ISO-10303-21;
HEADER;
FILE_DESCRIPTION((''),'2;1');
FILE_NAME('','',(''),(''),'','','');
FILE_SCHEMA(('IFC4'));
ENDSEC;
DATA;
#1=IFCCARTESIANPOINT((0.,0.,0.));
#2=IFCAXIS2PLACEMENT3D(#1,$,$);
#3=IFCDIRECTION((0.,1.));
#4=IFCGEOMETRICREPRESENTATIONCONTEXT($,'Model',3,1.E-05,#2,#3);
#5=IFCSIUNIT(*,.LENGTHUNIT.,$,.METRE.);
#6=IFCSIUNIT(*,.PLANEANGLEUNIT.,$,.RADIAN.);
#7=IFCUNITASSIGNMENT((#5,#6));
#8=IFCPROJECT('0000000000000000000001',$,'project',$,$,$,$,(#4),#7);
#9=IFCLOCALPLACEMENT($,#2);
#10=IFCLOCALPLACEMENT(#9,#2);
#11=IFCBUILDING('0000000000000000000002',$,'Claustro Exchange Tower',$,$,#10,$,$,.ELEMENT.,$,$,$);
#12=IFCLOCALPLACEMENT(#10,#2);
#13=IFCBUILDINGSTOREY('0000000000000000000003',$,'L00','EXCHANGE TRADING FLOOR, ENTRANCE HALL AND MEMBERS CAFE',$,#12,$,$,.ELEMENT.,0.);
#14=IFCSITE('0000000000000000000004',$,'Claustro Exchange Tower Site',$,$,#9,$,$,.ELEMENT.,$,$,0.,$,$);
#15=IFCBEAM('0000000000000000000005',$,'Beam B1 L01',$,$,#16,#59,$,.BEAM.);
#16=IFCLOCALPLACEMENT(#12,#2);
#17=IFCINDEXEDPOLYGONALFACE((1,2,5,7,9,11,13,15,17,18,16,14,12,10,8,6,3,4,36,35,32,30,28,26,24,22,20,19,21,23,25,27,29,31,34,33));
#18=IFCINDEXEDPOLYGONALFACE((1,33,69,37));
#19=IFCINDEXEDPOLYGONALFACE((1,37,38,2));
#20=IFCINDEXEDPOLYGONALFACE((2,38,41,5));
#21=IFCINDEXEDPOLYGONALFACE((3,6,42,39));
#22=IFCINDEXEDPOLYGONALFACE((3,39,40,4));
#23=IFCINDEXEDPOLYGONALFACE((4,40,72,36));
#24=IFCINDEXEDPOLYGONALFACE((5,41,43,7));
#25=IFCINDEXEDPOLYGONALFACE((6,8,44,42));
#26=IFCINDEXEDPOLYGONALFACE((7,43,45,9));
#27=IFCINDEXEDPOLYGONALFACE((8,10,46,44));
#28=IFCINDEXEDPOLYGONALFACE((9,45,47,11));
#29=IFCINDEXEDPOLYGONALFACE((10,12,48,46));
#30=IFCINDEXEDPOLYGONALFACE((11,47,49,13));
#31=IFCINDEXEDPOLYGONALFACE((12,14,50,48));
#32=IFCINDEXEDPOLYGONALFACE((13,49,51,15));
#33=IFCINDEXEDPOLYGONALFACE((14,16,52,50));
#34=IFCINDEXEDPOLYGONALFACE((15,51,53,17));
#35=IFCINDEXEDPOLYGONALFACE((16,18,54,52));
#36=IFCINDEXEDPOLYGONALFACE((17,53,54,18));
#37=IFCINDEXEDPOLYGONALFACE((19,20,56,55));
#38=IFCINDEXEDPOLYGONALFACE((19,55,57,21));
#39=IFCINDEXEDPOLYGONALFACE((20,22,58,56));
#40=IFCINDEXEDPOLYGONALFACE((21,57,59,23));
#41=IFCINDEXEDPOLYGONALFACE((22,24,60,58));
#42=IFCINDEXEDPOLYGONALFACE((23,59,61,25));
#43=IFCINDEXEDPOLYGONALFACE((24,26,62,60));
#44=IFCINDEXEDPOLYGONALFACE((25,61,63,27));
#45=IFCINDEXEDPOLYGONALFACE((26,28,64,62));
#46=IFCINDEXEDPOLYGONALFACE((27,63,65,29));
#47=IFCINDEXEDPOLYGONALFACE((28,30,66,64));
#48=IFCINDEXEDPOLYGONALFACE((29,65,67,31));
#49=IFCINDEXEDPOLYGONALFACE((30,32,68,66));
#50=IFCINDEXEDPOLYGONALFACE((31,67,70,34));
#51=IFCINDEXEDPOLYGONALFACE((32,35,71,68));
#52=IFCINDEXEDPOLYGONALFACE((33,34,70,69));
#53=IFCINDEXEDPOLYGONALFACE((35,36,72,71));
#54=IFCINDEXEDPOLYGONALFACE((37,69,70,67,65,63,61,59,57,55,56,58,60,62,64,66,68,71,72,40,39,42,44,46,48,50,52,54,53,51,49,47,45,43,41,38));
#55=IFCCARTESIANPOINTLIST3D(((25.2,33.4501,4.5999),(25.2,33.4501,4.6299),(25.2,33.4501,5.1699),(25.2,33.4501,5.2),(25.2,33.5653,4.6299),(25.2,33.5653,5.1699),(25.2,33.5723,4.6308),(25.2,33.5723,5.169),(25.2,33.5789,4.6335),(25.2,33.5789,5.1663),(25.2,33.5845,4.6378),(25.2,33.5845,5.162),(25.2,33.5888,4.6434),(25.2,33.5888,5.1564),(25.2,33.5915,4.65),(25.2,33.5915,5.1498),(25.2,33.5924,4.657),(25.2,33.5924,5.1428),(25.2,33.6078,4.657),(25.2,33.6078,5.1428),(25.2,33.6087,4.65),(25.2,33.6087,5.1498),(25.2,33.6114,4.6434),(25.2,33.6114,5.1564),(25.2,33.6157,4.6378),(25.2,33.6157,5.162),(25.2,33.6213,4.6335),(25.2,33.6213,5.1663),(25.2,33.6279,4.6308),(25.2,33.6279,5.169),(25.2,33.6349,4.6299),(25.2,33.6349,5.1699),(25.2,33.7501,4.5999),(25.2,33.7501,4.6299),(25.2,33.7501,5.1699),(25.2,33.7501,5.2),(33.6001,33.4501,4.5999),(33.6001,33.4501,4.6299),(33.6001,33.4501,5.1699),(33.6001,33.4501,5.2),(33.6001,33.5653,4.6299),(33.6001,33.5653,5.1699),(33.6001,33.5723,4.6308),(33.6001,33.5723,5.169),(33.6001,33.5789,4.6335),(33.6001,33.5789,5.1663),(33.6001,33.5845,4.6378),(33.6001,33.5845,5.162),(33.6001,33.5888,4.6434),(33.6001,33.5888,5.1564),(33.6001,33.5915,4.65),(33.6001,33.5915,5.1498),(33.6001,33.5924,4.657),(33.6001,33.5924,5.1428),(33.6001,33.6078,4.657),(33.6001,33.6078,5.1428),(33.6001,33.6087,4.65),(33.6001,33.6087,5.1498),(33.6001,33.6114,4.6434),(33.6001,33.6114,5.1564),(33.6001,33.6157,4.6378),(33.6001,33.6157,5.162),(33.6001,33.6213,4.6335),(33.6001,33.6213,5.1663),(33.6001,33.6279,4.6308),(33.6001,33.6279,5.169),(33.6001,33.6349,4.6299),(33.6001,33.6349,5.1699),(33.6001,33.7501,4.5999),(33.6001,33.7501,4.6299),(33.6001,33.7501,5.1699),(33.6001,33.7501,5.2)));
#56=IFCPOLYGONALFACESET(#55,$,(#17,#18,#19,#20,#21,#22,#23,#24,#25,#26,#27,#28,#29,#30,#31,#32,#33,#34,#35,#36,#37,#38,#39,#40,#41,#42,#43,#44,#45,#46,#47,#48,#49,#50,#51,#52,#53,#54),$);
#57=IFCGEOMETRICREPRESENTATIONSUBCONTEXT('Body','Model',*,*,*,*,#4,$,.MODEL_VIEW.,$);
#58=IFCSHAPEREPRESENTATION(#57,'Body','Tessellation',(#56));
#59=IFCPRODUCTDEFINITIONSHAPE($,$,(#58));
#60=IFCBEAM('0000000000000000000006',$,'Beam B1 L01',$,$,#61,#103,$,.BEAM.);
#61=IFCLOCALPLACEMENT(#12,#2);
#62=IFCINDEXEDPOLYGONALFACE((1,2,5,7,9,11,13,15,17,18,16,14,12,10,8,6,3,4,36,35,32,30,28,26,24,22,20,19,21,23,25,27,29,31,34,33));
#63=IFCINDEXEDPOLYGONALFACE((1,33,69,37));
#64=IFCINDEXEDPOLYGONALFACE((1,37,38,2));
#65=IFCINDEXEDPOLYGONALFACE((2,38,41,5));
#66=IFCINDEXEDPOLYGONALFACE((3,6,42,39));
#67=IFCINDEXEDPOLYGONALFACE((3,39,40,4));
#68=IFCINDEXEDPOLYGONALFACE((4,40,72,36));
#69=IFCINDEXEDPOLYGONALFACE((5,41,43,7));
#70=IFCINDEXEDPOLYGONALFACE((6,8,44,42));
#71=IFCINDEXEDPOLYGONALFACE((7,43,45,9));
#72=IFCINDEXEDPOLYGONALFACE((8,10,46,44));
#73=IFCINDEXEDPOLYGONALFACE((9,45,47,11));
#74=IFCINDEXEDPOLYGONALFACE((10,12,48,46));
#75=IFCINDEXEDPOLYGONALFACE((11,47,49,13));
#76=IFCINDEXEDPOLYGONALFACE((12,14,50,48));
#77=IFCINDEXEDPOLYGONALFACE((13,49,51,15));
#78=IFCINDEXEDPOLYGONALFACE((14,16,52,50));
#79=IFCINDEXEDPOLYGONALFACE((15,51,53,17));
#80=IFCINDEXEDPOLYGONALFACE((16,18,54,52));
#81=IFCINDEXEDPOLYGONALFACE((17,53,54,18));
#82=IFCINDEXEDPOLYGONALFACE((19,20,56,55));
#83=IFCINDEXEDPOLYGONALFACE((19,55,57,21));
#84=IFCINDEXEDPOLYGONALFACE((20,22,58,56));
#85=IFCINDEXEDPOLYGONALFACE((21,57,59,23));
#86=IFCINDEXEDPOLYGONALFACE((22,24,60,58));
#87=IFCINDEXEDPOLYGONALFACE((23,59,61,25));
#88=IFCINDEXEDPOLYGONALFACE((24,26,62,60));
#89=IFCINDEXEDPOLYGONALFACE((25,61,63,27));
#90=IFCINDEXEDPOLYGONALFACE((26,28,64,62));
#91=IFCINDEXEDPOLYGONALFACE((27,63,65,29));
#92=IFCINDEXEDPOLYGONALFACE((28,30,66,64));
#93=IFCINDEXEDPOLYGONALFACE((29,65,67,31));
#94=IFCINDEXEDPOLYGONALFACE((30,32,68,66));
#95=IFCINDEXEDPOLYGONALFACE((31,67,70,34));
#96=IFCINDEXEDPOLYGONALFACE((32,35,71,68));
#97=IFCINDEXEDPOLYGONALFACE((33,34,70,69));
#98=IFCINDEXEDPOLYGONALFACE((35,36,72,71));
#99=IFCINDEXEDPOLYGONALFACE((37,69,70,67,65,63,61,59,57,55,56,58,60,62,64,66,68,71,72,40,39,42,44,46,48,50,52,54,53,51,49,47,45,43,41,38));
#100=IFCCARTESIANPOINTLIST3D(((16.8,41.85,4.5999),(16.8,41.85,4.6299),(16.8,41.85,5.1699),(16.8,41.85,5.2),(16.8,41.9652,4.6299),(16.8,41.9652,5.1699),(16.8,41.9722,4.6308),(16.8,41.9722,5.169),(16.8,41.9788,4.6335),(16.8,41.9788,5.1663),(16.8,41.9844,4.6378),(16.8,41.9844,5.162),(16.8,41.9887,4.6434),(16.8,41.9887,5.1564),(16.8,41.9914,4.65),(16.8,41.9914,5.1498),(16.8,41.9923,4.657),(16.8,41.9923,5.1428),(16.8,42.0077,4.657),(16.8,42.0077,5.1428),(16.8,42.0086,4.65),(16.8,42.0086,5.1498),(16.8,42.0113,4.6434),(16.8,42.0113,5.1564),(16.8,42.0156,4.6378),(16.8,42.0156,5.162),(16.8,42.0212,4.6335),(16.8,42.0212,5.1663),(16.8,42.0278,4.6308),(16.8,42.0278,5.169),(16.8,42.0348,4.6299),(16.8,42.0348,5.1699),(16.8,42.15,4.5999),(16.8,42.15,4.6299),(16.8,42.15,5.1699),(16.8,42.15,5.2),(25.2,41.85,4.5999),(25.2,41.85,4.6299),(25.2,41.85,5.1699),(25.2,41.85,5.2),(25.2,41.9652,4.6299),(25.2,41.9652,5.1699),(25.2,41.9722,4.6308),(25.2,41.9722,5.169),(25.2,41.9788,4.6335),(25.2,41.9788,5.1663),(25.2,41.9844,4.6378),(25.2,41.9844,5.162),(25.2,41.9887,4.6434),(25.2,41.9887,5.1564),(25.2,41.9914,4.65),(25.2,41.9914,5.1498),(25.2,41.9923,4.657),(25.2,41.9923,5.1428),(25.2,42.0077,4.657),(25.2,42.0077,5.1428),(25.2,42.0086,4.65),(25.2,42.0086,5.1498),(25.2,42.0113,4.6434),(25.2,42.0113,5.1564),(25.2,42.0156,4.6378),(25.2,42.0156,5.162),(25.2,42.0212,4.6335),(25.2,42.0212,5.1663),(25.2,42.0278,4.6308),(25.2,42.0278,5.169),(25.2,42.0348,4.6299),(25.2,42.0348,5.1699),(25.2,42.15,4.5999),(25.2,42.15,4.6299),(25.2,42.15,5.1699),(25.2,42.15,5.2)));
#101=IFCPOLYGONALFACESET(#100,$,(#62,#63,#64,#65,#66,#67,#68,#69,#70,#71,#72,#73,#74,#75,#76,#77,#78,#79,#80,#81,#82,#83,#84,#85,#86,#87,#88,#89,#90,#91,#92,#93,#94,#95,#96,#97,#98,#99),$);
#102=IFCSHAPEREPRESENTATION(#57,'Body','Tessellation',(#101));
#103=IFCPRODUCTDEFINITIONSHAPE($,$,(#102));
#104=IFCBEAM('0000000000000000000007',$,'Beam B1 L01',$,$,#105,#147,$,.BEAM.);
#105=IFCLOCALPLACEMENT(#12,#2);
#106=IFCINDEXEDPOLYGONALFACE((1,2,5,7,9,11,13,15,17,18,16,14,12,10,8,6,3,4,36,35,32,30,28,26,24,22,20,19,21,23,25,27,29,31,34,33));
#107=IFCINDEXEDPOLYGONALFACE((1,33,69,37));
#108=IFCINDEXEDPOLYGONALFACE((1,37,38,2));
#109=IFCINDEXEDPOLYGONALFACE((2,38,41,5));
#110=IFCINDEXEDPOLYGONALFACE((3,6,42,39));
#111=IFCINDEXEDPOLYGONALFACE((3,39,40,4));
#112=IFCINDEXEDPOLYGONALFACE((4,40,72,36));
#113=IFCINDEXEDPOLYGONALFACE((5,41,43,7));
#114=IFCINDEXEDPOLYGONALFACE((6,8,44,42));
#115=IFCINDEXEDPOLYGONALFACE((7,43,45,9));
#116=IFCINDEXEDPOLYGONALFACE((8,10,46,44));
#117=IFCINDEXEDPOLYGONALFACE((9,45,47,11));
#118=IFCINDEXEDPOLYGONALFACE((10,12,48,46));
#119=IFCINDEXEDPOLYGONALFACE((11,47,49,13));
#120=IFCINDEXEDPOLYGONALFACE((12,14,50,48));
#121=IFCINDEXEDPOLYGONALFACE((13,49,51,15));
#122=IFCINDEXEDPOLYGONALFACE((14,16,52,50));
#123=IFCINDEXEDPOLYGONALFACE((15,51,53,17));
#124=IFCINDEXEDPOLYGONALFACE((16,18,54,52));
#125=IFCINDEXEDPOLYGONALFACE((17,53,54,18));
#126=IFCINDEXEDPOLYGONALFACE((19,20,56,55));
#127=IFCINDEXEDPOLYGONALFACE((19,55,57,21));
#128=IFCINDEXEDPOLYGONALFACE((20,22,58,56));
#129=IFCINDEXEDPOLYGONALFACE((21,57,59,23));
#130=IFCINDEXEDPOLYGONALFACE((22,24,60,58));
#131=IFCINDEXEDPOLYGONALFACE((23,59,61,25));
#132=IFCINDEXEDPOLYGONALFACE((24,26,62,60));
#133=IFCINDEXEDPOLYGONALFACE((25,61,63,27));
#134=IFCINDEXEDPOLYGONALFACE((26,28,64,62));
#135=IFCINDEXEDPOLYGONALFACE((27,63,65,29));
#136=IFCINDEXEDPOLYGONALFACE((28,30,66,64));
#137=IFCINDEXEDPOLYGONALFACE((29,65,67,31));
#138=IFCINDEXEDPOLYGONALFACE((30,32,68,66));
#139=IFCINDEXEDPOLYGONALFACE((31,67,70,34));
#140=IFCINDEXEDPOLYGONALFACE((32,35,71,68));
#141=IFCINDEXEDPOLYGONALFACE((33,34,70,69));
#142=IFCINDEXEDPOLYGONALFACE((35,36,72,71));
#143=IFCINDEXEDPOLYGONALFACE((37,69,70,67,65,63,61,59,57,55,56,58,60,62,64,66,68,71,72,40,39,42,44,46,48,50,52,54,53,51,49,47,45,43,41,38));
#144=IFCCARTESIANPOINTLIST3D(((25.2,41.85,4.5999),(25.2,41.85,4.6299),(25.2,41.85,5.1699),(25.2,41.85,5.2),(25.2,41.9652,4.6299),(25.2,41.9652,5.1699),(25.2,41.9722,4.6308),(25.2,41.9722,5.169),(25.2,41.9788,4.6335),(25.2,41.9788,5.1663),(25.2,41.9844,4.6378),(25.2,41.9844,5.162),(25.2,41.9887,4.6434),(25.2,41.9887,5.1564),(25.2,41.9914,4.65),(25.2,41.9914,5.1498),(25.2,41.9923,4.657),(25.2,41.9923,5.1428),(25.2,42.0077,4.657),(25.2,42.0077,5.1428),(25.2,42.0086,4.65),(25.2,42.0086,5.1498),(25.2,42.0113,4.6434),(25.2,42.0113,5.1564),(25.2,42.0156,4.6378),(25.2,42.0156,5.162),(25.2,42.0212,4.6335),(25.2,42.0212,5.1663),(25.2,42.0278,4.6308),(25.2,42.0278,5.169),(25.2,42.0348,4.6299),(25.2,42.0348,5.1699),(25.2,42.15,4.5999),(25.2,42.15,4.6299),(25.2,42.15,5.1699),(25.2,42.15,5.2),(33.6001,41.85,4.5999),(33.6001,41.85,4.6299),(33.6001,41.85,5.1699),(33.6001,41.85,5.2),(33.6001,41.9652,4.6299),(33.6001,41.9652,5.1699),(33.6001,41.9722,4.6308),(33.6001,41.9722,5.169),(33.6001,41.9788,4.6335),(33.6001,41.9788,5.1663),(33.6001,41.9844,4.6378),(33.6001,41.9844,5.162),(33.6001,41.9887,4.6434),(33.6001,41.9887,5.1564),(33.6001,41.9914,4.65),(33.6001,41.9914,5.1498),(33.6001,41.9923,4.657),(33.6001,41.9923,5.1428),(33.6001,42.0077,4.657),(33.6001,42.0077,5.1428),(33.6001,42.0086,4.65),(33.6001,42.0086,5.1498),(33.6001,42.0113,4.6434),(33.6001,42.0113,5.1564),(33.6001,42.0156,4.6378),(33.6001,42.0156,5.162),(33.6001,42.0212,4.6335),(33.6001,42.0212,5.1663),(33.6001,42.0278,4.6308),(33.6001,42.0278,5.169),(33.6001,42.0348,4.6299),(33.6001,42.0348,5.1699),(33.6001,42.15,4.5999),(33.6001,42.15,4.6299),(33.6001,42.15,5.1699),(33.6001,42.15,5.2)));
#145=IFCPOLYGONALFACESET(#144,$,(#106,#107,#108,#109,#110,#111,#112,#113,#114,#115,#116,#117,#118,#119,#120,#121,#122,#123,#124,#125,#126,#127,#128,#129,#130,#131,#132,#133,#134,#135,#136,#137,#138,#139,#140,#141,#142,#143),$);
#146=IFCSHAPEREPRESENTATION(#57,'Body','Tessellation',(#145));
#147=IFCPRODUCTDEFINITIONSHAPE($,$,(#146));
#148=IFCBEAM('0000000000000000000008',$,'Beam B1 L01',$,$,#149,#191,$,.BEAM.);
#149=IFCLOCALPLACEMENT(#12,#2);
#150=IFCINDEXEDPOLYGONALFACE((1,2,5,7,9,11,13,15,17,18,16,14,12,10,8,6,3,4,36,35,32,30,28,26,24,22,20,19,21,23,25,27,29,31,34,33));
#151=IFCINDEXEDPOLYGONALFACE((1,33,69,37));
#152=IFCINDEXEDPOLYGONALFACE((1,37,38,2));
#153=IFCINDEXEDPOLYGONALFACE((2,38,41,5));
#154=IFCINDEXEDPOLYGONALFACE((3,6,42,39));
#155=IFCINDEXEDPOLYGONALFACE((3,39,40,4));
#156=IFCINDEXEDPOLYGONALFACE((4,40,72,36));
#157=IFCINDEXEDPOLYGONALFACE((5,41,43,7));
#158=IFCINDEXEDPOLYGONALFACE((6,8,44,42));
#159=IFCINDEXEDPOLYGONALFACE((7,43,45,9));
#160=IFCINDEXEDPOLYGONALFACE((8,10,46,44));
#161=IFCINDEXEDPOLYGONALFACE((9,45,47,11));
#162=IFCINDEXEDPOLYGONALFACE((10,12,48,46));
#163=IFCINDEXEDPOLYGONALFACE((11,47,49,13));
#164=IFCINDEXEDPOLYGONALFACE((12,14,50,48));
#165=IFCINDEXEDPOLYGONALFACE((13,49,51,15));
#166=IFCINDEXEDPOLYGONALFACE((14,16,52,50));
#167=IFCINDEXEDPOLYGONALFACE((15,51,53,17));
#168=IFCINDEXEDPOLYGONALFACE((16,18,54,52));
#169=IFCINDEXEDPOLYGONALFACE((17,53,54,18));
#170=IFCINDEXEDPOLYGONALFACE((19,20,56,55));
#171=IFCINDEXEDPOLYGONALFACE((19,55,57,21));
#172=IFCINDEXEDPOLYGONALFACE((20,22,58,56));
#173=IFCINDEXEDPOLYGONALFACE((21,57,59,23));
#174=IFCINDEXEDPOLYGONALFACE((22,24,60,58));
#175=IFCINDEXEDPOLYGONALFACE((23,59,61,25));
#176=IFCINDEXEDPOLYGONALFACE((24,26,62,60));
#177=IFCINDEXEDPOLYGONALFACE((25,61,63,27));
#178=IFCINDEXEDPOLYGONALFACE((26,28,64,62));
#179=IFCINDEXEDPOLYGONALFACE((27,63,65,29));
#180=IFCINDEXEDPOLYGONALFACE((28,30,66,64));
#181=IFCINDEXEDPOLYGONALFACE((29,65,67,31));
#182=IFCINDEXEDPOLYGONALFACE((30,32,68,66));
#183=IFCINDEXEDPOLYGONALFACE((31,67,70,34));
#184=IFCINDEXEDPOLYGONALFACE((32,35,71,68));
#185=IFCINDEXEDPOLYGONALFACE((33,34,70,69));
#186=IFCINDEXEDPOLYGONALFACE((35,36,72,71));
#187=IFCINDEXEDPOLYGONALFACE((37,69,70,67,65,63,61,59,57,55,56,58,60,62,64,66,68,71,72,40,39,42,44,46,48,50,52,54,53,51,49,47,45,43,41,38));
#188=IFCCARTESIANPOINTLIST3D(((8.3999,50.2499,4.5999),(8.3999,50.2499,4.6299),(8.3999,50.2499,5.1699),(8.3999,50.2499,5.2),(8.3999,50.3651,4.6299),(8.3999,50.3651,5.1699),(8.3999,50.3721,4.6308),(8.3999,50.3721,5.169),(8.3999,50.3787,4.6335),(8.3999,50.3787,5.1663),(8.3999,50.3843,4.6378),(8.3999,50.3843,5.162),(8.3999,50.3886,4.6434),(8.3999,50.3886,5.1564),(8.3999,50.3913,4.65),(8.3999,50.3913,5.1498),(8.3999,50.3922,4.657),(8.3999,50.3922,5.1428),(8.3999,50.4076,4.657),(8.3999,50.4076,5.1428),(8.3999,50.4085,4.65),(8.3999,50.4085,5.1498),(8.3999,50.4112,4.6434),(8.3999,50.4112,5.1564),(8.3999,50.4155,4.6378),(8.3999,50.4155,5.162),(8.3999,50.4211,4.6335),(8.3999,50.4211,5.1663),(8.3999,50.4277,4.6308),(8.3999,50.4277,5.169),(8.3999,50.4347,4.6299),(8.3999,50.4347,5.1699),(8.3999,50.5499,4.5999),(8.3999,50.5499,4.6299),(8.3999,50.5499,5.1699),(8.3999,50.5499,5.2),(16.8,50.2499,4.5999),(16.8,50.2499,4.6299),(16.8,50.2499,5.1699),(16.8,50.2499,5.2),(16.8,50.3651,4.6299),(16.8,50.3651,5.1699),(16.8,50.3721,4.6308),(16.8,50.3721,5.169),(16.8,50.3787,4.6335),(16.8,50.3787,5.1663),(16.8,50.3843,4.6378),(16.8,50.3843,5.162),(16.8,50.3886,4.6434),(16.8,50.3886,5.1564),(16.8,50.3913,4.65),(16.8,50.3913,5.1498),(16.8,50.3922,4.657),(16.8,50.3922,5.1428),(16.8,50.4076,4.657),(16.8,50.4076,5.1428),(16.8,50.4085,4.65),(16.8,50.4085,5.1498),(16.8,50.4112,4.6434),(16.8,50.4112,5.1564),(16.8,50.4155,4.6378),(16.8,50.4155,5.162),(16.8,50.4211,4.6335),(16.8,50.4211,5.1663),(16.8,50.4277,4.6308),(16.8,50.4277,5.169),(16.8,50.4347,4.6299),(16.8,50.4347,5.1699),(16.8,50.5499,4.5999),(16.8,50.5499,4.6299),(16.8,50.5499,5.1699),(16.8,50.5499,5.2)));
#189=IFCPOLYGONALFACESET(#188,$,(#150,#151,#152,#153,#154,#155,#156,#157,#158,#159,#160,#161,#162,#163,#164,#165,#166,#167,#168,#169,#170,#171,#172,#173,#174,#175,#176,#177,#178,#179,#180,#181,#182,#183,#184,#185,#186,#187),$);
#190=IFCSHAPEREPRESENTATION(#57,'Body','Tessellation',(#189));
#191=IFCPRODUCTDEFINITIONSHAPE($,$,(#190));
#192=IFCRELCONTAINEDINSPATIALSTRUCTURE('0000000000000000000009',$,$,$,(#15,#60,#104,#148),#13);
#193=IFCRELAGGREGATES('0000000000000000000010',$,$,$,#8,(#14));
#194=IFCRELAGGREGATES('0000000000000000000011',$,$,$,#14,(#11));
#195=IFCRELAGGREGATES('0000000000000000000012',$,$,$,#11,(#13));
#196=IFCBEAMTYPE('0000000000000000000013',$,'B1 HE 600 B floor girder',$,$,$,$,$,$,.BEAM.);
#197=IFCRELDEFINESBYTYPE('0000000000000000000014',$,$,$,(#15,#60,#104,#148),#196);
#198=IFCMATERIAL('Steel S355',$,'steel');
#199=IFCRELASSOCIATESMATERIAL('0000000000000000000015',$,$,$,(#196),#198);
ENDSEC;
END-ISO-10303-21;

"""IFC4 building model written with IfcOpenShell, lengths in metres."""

from ifc_helpers import new_model, si_unit, direction, frame, origin, origin_2d, place, context, subcontext, project, spatial, i_section, extrude, material, material_profile, profile_set, type_object, element, save


model = new_model("IFC4")

# Units and contexts
model_context = context("Model", 3, precision=1e-05, world=origin(), true_north=direction((0.0, 1.0)))
body_context = subcontext(model_context, "Body", "Model", "MODEL_VIEW")
ifc_project = project(units=[si_unit("LENGTHUNIT", "METRE"), si_unit("PLANEANGLEUNIT", "RADIAN")], contexts=[model_context])

# Site, building, storey
site_placement = place(None, origin())
site = spatial("IfcSite", under=ifc_project, at=site_placement, Name="Claustro Exchange Tower Site", CompositionType="ELEMENT", RefElevation=0.0)
building_placement = place(site_placement, origin())
building = spatial("IfcBuilding", under=site, at=building_placement, Name="Claustro Exchange Tower", CompositionType="ELEMENT")
storey_placement = place(building_placement, origin())
storey = spatial("IfcBuildingStorey", under=building, at=storey_placement, Name="L00", Description="EXCHANGE TRADING FLOOR, ENTRANCE HALL AND MEMBERS CAFE", CompositionType="ELEMENT", Elevation=0.0)

# Beams
ifc_material_1 = material(Name="Steel S355", Category="steel")
ifc_material_profile_1 = material_profile(ifc_material_1, i_section(OverallWidth=0.3, OverallDepth=0.6001, WebThickness=0.0154, FlangeThickness=0.03, FilletRadius=0.0271, at=origin_2d()), Name="HE 600 B")
ifc_profile_set_1 = profile_set([ifc_material_profile_1], Name="Steel S355")
beam_type_1 = type_object("IfcBeamType", Name="B1 HE 600 B floor girder", PredefinedType="BEAM", material=ifc_profile_set_1)
beam_1_placement = place(storey_placement, frame((25.2, 33.6001, 4.8999), z_axis=(1.0, 0.0, 0.0), x_axis=(0.0, 1.0, 0.0)))
element("IfcBeam", 1, at=beam_1_placement, inside=storey, type_object=beam_type_1, Name="Beam B1 L01", PredefinedType="BEAM", context=body_context, shape_type="SweptSolid", body=[
    extrude(i_section(OverallWidth=0.3, OverallDepth=0.6001, WebThickness=0.0154, FlangeThickness=0.03, FilletRadius=0.0271, at=origin_2d()), origin(), (0.0, 0.0, 1.0), 8.4001),
])
beam_2_placement = place(storey_placement, frame((16.8, 42.0, 4.8999), z_axis=(1.0, 0.0, 0.0), x_axis=(0.0, 1.0, 0.0)))
element("IfcBeam", 2, at=beam_2_placement, inside=storey, type_object=beam_type_1, Name="Beam B1 L01", PredefinedType="BEAM", context=body_context, shape_type="SweptSolid", body=[
    extrude(i_section(OverallWidth=0.3, OverallDepth=0.6001, WebThickness=0.0154, FlangeThickness=0.03, FilletRadius=0.0271, at=origin_2d()), origin(), (0.0, 0.0, 1.0), 8.3999),
])
for number, where, z_axis, x_axis, name in (
    (3, (25.2, 42.0, 4.8999), (1.0, 0.0, 0.0), (0.0, 1.0, 0.0), "Beam B1 L01"),
    (4, (8.3999, 50.3999, 4.8999), (1.0, 0.0, 0.0), (0.0, 1.0, 0.0), "Beam B1 L01"),
):
    element("IfcBeam", number, at=place(storey_placement, frame(where, z_axis=z_axis, x_axis=x_axis)), inside=storey, type_object=beam_type_1, Name=name, PredefinedType="BEAM", context=body_context, shape_type="SweptSolid", body=[
        extrude(i_section(OverallWidth=0.3, OverallDepth=0.6001, WebThickness=0.0154, FlangeThickness=0.03, FilletRadius=0.0271, at=origin_2d()), origin(), (0.0, 0.0, 1.0), 8.4001),
    ])

save(model, "model.ifc")
